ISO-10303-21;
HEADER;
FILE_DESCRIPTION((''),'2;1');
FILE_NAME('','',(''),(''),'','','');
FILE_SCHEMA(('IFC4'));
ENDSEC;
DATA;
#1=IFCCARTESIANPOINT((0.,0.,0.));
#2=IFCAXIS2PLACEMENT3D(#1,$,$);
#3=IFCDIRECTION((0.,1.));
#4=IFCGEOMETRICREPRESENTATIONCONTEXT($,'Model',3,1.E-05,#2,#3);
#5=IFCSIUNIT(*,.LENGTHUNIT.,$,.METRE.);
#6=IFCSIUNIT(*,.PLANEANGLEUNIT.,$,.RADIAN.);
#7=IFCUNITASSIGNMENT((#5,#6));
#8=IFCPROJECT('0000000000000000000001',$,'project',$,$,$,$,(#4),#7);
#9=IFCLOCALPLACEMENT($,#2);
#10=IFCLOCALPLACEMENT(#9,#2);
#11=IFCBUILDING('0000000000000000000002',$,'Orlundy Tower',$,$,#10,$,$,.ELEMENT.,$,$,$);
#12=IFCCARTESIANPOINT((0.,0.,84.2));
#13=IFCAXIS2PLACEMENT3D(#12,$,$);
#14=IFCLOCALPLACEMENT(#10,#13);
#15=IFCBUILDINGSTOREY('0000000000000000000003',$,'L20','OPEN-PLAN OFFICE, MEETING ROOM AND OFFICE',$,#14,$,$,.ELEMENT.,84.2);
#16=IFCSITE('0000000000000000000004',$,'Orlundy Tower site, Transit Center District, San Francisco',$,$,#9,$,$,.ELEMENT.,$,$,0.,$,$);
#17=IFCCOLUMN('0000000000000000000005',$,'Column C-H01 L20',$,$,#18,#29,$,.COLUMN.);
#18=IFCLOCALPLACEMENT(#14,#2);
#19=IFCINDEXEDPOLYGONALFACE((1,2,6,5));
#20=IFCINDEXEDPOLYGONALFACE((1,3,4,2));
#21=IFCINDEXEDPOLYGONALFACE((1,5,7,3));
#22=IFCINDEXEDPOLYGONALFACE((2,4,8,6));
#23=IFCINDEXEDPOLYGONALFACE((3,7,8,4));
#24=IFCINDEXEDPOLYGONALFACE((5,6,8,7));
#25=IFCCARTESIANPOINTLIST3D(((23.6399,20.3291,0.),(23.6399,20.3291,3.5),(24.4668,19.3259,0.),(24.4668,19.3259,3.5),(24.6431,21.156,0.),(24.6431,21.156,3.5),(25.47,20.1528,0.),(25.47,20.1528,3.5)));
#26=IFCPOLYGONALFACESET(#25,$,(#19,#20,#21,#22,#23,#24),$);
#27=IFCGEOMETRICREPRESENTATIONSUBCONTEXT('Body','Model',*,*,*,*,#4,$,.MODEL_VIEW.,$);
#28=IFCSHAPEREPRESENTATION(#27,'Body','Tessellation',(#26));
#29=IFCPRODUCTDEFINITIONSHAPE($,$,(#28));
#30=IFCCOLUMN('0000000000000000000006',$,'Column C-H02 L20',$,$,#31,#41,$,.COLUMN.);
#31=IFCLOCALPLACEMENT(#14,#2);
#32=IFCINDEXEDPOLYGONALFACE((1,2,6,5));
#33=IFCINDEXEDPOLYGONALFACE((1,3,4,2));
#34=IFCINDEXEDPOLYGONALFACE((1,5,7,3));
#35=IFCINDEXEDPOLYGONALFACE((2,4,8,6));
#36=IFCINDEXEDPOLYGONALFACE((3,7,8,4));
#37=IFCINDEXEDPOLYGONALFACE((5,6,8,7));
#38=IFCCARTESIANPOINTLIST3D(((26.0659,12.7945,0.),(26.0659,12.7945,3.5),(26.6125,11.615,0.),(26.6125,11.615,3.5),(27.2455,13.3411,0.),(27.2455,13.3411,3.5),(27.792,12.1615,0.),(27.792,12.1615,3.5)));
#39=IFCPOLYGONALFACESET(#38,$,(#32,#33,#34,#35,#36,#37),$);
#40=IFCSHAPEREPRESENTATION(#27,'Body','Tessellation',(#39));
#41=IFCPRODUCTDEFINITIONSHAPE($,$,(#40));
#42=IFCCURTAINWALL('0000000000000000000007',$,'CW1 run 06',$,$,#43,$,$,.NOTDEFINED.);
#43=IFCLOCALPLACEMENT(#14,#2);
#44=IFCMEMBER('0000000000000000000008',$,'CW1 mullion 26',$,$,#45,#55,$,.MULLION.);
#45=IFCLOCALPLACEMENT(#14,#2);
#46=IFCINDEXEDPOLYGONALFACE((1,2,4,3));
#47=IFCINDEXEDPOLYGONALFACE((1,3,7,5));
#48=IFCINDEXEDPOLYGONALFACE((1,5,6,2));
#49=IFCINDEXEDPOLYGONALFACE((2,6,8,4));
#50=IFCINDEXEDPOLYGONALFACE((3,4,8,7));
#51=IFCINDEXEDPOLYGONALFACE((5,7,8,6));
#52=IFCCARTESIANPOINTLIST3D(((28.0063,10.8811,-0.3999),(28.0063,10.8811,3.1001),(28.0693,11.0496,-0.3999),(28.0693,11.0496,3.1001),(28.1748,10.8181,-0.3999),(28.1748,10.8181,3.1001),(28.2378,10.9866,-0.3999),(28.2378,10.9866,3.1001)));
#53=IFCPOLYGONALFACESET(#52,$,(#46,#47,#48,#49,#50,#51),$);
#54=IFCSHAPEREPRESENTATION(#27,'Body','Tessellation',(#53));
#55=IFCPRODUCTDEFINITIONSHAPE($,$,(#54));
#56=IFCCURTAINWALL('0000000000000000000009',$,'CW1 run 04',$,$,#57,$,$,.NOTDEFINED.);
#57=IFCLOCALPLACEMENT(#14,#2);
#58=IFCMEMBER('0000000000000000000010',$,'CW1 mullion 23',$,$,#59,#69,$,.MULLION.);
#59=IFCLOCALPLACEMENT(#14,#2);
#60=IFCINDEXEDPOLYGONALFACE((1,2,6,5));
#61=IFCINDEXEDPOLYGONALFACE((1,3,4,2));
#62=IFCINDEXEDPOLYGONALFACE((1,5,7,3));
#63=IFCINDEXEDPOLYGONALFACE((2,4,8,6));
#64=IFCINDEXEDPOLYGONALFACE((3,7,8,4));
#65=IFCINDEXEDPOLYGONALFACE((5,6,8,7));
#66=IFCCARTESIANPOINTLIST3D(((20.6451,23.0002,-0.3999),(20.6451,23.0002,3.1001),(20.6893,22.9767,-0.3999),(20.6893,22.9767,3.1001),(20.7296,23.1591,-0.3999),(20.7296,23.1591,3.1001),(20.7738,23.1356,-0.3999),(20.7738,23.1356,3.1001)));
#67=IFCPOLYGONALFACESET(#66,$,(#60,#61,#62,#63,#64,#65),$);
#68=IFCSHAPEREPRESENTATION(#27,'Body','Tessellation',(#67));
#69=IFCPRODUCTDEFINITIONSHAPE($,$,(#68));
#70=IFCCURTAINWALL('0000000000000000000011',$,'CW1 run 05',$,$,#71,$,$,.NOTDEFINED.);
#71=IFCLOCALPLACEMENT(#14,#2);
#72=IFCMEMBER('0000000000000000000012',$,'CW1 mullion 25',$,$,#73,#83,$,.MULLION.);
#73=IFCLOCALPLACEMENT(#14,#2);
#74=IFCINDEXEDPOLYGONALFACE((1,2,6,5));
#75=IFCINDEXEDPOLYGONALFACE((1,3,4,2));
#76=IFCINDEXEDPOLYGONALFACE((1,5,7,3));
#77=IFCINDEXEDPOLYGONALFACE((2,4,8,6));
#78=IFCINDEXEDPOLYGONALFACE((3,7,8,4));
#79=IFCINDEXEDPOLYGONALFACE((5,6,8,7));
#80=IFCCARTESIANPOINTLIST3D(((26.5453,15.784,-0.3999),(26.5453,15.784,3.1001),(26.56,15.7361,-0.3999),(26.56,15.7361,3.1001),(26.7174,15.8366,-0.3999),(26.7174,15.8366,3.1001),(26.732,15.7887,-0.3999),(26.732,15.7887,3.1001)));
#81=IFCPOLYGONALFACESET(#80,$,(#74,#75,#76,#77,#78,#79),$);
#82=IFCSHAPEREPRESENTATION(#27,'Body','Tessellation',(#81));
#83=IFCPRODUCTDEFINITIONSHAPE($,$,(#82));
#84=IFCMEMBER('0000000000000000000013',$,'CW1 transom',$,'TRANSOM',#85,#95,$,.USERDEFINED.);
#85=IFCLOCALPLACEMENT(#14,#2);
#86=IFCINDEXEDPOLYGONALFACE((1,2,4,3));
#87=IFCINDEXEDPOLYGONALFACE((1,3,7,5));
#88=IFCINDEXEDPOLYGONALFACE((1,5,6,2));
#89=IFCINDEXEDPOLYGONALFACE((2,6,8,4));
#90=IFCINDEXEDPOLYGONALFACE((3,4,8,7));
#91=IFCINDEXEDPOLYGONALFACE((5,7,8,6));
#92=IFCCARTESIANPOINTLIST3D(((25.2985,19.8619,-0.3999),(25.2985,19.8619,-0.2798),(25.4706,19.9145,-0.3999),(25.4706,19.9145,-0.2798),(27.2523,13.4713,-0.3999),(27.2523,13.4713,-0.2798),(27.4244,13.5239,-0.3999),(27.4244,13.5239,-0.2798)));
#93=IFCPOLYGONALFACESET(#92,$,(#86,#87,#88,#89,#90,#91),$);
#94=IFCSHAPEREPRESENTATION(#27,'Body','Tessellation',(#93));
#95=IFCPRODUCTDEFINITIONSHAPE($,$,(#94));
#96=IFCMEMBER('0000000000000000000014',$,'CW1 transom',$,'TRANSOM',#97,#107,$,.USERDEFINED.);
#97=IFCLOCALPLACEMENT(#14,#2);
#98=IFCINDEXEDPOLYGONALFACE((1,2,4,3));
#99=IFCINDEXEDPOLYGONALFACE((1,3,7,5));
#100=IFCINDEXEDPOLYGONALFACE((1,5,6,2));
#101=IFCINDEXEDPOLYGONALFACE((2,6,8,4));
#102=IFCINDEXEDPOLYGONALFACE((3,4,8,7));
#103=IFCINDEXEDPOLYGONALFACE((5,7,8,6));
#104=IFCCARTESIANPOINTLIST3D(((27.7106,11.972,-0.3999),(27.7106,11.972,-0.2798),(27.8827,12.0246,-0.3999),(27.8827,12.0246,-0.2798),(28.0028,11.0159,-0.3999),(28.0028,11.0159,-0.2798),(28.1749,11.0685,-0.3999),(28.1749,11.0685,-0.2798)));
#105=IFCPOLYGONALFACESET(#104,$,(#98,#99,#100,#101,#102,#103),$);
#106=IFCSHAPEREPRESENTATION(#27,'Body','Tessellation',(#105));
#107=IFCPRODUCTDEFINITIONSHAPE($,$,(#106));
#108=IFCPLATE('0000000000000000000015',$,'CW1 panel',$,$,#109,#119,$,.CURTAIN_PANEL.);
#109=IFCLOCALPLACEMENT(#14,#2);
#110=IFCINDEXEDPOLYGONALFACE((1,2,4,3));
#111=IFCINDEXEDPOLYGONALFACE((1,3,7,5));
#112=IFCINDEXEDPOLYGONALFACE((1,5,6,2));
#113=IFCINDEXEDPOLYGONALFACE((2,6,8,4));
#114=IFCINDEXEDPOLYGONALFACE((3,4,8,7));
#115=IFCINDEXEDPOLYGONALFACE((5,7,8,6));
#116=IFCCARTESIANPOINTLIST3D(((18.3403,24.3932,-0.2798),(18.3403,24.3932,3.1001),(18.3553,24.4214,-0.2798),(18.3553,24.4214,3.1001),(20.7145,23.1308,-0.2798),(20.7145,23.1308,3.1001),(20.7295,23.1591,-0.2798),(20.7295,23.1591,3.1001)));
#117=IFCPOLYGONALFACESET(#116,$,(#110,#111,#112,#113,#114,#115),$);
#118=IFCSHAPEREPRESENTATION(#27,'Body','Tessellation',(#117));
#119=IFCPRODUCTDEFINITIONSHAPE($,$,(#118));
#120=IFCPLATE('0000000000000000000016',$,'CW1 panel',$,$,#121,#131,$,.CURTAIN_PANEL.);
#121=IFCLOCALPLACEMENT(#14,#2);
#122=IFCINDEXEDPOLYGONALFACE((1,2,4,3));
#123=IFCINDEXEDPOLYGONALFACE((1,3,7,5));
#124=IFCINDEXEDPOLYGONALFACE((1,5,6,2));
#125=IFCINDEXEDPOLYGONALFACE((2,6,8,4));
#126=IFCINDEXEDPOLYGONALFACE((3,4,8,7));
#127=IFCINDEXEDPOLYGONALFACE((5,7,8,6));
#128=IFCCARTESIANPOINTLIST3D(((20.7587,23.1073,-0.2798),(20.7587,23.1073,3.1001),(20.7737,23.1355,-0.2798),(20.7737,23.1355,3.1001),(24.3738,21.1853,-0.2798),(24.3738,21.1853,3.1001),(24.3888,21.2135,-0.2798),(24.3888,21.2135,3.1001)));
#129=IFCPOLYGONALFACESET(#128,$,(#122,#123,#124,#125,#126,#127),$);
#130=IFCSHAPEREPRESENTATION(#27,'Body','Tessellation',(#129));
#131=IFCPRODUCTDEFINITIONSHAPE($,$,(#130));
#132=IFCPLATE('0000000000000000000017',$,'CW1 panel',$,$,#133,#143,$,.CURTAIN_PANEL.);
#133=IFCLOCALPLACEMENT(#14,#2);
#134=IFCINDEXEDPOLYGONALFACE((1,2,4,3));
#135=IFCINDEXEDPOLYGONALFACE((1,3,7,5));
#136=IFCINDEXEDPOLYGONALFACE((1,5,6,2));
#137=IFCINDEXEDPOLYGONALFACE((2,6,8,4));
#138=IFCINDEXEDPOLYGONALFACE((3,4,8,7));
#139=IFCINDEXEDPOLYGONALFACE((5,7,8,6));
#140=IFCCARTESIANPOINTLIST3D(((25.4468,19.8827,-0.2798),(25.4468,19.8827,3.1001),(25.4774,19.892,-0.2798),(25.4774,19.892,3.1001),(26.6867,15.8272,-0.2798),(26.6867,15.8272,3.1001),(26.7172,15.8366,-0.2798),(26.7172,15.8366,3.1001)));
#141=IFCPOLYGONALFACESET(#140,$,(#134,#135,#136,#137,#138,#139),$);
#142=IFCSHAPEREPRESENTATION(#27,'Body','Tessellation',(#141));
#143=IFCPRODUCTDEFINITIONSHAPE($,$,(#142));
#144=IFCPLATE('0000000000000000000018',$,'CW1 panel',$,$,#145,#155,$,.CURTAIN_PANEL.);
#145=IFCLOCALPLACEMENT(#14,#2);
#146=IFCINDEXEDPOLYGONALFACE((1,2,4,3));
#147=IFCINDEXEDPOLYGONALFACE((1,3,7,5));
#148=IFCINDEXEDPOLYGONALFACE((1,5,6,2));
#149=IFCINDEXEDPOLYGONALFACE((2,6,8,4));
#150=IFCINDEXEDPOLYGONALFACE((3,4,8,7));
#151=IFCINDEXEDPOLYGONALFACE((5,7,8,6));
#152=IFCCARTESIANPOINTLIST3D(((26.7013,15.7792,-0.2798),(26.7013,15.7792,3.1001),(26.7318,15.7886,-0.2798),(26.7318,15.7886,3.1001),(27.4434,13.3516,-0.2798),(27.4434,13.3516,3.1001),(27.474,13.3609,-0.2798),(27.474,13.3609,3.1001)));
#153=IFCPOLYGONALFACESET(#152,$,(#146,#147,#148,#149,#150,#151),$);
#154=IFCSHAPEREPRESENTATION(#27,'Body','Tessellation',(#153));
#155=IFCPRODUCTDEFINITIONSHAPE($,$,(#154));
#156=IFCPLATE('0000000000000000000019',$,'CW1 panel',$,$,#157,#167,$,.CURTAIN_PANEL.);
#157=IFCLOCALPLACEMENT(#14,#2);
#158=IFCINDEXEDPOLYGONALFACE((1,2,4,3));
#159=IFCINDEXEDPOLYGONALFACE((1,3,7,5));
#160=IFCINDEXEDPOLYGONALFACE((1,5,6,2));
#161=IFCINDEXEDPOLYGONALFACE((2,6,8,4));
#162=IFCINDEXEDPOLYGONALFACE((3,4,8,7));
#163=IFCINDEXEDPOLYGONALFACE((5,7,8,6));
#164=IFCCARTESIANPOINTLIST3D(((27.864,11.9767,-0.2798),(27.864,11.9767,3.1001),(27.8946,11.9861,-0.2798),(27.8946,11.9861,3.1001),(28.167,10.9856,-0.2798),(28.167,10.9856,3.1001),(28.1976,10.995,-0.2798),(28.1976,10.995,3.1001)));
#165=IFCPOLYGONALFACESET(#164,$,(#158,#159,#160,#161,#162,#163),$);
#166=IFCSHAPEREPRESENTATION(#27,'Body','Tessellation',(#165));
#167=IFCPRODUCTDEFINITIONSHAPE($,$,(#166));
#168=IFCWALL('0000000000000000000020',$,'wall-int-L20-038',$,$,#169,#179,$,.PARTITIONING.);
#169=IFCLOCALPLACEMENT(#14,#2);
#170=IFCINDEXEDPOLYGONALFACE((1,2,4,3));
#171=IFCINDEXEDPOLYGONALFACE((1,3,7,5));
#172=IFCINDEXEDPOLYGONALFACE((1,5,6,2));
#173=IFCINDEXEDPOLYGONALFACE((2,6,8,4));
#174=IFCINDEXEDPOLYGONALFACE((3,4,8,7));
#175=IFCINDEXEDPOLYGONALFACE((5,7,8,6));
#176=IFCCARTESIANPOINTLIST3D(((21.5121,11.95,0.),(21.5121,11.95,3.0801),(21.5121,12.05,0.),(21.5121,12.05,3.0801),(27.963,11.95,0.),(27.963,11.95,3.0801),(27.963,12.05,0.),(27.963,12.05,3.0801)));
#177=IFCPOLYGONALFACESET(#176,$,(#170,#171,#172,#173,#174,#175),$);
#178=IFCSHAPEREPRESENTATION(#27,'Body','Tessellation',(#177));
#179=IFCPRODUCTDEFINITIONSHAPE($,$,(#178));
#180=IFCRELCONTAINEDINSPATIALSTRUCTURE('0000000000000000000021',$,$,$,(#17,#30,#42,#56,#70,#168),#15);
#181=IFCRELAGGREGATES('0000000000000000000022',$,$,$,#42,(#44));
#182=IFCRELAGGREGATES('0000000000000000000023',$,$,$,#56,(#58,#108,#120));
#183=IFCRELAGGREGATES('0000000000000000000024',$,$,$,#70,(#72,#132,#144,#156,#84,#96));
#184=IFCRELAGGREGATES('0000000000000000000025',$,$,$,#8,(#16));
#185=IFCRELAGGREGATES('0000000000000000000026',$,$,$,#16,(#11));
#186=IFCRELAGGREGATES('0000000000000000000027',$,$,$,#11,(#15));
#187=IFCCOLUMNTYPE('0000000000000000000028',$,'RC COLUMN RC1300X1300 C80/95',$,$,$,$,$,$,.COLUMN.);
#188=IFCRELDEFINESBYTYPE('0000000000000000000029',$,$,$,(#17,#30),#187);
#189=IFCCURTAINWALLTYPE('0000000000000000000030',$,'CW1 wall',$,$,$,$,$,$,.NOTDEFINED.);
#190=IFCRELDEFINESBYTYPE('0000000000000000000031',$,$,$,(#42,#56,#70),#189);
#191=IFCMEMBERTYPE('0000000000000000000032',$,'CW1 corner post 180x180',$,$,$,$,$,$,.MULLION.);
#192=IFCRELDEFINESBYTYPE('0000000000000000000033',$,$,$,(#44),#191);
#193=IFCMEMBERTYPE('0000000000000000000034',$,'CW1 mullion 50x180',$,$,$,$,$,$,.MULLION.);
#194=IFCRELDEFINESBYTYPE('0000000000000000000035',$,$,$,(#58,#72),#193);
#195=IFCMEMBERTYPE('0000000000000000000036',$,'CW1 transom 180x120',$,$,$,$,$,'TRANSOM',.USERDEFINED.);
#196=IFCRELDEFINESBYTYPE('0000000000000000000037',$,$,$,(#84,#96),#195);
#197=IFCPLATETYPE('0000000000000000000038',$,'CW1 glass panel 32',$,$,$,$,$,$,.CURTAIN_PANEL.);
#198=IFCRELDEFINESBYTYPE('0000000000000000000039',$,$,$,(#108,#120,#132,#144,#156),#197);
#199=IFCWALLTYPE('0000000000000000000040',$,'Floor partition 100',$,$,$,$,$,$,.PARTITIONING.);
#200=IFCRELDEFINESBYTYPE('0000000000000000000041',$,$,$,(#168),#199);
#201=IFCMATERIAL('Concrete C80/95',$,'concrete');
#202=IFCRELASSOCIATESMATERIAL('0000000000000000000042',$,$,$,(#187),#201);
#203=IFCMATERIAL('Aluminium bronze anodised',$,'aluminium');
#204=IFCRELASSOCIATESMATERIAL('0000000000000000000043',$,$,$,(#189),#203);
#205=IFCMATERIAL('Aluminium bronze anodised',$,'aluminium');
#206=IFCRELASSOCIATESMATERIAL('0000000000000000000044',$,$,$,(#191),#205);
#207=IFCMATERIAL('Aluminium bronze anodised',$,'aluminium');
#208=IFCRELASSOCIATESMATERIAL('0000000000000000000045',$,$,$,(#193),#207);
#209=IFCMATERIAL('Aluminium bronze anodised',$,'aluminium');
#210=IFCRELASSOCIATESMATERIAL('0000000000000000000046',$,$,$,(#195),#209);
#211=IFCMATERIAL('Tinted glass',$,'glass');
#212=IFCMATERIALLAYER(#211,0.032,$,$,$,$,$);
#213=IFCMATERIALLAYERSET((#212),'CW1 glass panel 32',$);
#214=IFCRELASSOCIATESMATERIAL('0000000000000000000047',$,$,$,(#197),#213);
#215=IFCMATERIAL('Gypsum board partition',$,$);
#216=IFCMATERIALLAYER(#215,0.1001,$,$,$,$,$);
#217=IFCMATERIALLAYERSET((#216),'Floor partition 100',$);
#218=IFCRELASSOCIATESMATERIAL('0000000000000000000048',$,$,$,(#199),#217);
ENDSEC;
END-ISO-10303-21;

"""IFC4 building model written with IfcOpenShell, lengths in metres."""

from ifc_helpers import new_model, si_unit, direction, frame, frame_2d, origin, origin_2d, place, context, subcontext, project, spatial, rectangle, extrude, material, layer, layer_set, material_profile, profile_set, type_object, element, aggregate, save


model = new_model("IFC4")

# Units and contexts
model_context = context("Model", 3, precision=1e-05, world=origin(), true_north=direction((0.0, 1.0)))
body_context = subcontext(model_context, "Body", "Model", "MODEL_VIEW")
ifc_project = project(units=[si_unit("LENGTHUNIT", "METRE"), si_unit("PLANEANGLEUNIT", "RADIAN")], contexts=[model_context])

# Site, building, storey
site_placement = place(None, origin())
site = spatial("IfcSite", under=ifc_project, at=site_placement, Name="Orlundy Tower site, Transit Center District, San Francisco", CompositionType="ELEMENT", RefElevation=0.0)
building_placement = place(site_placement, origin())
building = spatial("IfcBuilding", under=site, at=building_placement, Name="Orlundy Tower", CompositionType="ELEMENT")
storey_placement = place(building_placement, frame((0.0, 0.0, 84.2)))
storey = spatial("IfcBuildingStorey", under=building, at=storey_placement, Name="L20", Description="OPEN-PLAN OFFICE, MEETING ROOM AND OFFICE", CompositionType="ELEMENT", Elevation=84.2)

# Columns
ifc_material_1 = material(Name="Concrete C80/95", Category="concrete")
ifc_material_profile_1 = material_profile(ifc_material_1, rectangle(XDim=1.3, YDim=1.3, at=origin_2d()), Name="RC1300X1300")
ifc_profile_set_1 = profile_set([ifc_material_profile_1], Name="Concrete C80/95")
column_type = type_object("IfcColumnType", Name="RC COLUMN RC1300X1300 C80/95", PredefinedType="COLUMN", material=ifc_profile_set_1)
for number, where, z_axis, x_axis, name in (
    (1, (24.5549, 20.241, 0.0), (0.0, 0.0, 1.0), (0.771636, 0.636065, 0.0), "Column C-H01 L20"),
    (2, (26.929, 12.478, 0.0), (0.0, 0.0, 1.0), (0.90733, 0.420418, 0.0), "Column C-H02 L20"),
):
    element("IfcColumn", number, at=place(storey_placement, frame(where, z_axis=z_axis, x_axis=x_axis)), inside=storey, type_object=column_type, Name=name, PredefinedType="COLUMN", context=body_context, shape_type="SweptSolid", body=[
        extrude(rectangle(XDim=1.3, YDim=1.3, at=origin_2d()), origin(), (0.0, 0.0, 1.0), 3.5),
    ])

# Curtain walls, members
ifc_material_2 = material(Name="Aluminium bronze anodised", Category="aluminium")
curtain_wall_type = type_object("IfcCurtainWallType", Name="CW1 wall", PredefinedType="NOTDEFINED", material=ifc_material_2)
curtain_wall_1_placement = place(storey_placement, origin())
curtain_wall_1 = element("IfcCurtainWall", 3, at=curtain_wall_1_placement, inside=storey, type_object=curtain_wall_type, Name="CW1 run 06", PredefinedType="NOTDEFINED")
ifc_material_3 = material(Name="Aluminium bronze anodised", Category="aluminium")
ifc_material_profile_2 = material_profile(ifc_material_3, rectangle(XDim=0.1799, YDim=0.1799, at=origin_2d()), Name="CW1 corner post 180x180")
ifc_profile_set_2 = profile_set([ifc_material_profile_2], Name="Aluminium bronze anodised")
member_type_1 = type_object("IfcMemberType", Name="CW1 corner post 180x180", PredefinedType="MULLION", material=ifc_profile_set_2)
member_1_placement = place(storey_placement, frame((28.1221, 10.9338, -0.3999), z_axis=(0.0, 0.0, 1.0), x_axis=(0.350204, 0.936674, 0.0)))
member_1 = element("IfcMember", 4, at=member_1_placement, type_object=member_type_1, Name="CW1 mullion 26", PredefinedType="MULLION", context=body_context, shape_type="SweptSolid", body=[
    extrude(rectangle(XDim=0.1799, YDim=0.1799, at=origin_2d()), origin(), (0.0, 0.0, 1.0), 3.5),
])
aggregate(curtain_wall_1, [member_1])
curtain_wall_2_placement = place(storey_placement, origin())
curtain_wall_2 = element("IfcCurtainWall", 5, at=curtain_wall_2_placement, inside=storey, type_object=curtain_wall_type, Name="CW1 run 04", PredefinedType="NOTDEFINED")
ifc_material_4 = material(Name="Aluminium bronze anodised", Category="aluminium")
ifc_material_profile_3 = material_profile(ifc_material_4, rectangle(XDim=0.1799, YDim=0.05, at=origin_2d()), Name="CW1 mullion 50x180")
ifc_profile_set_3 = profile_set([ifc_material_profile_3], Name="Aluminium bronze anodised")
member_type_2 = type_object("IfcMemberType", Name="CW1 mullion 50x180", PredefinedType="MULLION", material=ifc_profile_set_3)
member_2_placement = place(storey_placement, frame((20.7095, 23.0679, -0.3999), z_axis=(0.0, 0.0, 1.0), x_axis=(0.469445, 0.882961, 0.0)))
member_2 = element("IfcMember", 6, at=member_2_placement, type_object=member_type_2, Name="CW1 mullion 23", PredefinedType="MULLION", context=body_context, shape_type="SweptSolid", body=[
    extrude(rectangle(XDim=0.1799, YDim=0.05, at=origin_2d()), origin(), (0.0, 0.0, 1.0), 3.5),
])

# Curtain wall, members
curtain_wall_3_placement = place(storey_placement, origin())
curtain_wall_3 = element("IfcCurtainWall", 7, at=curtain_wall_3_placement, inside=storey, type_object=curtain_wall_type, Name="CW1 run 05", PredefinedType="NOTDEFINED")
member_3_placement = place(storey_placement, frame((26.6387, 15.7864, -0.3999), z_axis=(0.0, 0.0, 1.0), x_axis=(0.956308, 0.292362, 0.0)))
member_3 = element("IfcMember", 8, at=member_3_placement, type_object=member_type_2, Name="CW1 mullion 25", PredefinedType="MULLION", context=body_context, shape_type="SweptSolid", body=[
    extrude(rectangle(XDim=0.1799, YDim=0.05, at=origin_2d()), origin(), (0.0, 0.0, 1.0), 3.5),
])
ifc_material_5 = material(Name="Aluminium bronze anodised", Category="aluminium")
ifc_material_profile_4 = material_profile(ifc_material_5, rectangle(XDim=0.1799, YDim=0.1201, at=origin_2d()), Name="CW1 transom 180x120")
ifc_profile_set_4 = profile_set([ifc_material_profile_4], Name="Aluminium bronze anodised")
member_type_3 = type_object("IfcMemberType", Name="CW1 transom 180x120", ElementType="TRANSOM", PredefinedType="USERDEFINED", material=ifc_profile_set_4)
member_4_placement = place(storey_placement, frame((25.3845, 19.8882, -0.3398), z_axis=(0.292378, -0.956303, 0.0), x_axis=(0.956303, 0.292378, 0.0)))
member_4 = element("IfcMember", 9, at=member_4_placement, type_object=member_type_3, Name="CW1 transom", ObjectType="TRANSOM", PredefinedType="USERDEFINED", context=body_context, shape_type="SweptSolid", body=[
    extrude(rectangle(XDim=0.1799, YDim=0.1201, at=origin_2d()), origin(), (0.0, 0.0, 1.0), 6.6826),
])
member_5_placement = place(storey_placement, frame((27.7966, 11.9983, -0.3398), z_axis=(0.292318, -0.956321, 0.0), x_axis=(0.956321, 0.292318, 0.0)))
member_5 = element("IfcMember", 10, at=member_5_placement, type_object=member_type_3, Name="CW1 transom", ObjectType="TRANSOM", PredefinedType="USERDEFINED", context=body_context, shape_type="SweptSolid", body=[
    extrude(rectangle(XDim=0.1799, YDim=0.1201, at=origin_2d()), origin(), (0.0, 0.0, 1.0), 0.9998),
])

# Plates
ifc_material_6 = material(Name="Tinted glass", Category="glass")
ifc_layer_1 = layer(ifc_material_6, 0.032)
ifc_layer_set_1 = layer_set([ifc_layer_1], Name="CW1 glass panel 32")
plate_type = type_object("IfcPlateType", Name="CW1 glass panel 32", PredefinedType="CURTAIN_PANEL", material=ifc_layer_set_1)
plate_1_placement = place(storey_placement, frame((19.5349, 23.7761, -0.2798), z_axis=(0.0, 0.0, 1.0), x_axis=(0.882961, -0.469445, 0.0)))
plate_1 = element("IfcPlate", 11, at=plate_1_placement, type_object=plate_type, Name="CW1 panel", PredefinedType="CURTAIN_PANEL", context=body_context, shape_type="SweptSolid", body=[
    extrude(rectangle(XDim=2.689, YDim=0.032, at=origin_2d()), origin(), (0.0, 0.0, 1.0), 3.3799),
])
plate_2_placement = place(storey_placement, frame((22.5737, 22.1604, -0.2798), z_axis=(0.0, 0.0, 1.0), x_axis=(0.882961, -0.469445, 0.0)))
plate_2 = element("IfcPlate", 12, at=plate_2_placement, type_object=plate_type, Name="CW1 panel", PredefinedType="CURTAIN_PANEL", context=body_context, shape_type="SweptSolid", body=[
    extrude(rectangle(XDim=4.0942, YDim=0.032, at=origin_2d()), origin(), (0.0, 0.0, 1.0), 3.3799),
])
aggregate(curtain_wall_2, [member_2, plate_1, plate_2])
plate_3_placement = place(storey_placement, frame((26.082, 17.8596, -0.2798), z_axis=(0.0, 0.0, 1.0), x_axis=(0.292362, -0.956308, 0.0)))
plate_3 = element("IfcPlate", 13, at=plate_3_placement, type_object=plate_type, Name="CW1 panel", PredefinedType="CURTAIN_PANEL", context=body_context, shape_type="SweptSolid", body=[
    extrude(rectangle(XDim=4.2407, YDim=0.032, at=origin_2d()), origin(), (0.0, 0.0, 1.0), 3.3799),
])
plate_4_placement = place(storey_placement, frame((27.0876, 14.5701, -0.2798), z_axis=(0.0, 0.0, 1.0), x_axis=(0.292362, -0.956308, 0.0)))
plate_4 = element("IfcPlate", 14, at=plate_4_placement, type_object=plate_type, Name="CW1 panel", PredefinedType="CURTAIN_PANEL", context=body_context, shape_type="SweptSolid", body=[
    extrude(rectangle(XDim=2.5386, YDim=0.032, at=origin_2d()), origin(), (0.0, 0.0, 1.0), 3.3799),
])
plate_5_placement = place(storey_placement, frame((28.0308, 11.4858, -0.2798), z_axis=(0.0, 0.0, 1.0), x_axis=(0.292362, -0.956308, 0.0)))
plate_5 = element("IfcPlate", 15, at=plate_5_placement, type_object=plate_type, Name="CW1 panel", PredefinedType="CURTAIN_PANEL", context=body_context, shape_type="SweptSolid", body=[
    extrude(rectangle(XDim=1.0364, YDim=0.032, at=origin_2d()), origin(), (0.0, 0.0, 1.0), 3.3799),
])
aggregate(curtain_wall_3, [member_3, plate_3, plate_4, plate_5, member_4, member_5])

# Wall
ifc_material_7 = material(Name="Gypsum board partition")
ifc_layer_2 = layer(ifc_material_7, 0.1001)
ifc_layer_set_2 = layer_set([ifc_layer_2], Name="Floor partition 100")
wall_type_1 = type_object("IfcWallType", Name="Floor partition 100", PredefinedType="PARTITIONING", material=ifc_layer_set_2)
wall_1_placement = place(storey_placement, frame((21.512, 12.0, 0.0), z_axis=(0.0, 0.0, 1.0), x_axis=(1.0, 0.0, 0.0)))
element("IfcWall", 16, at=wall_1_placement, inside=storey, type_object=wall_type_1, Name="wall-int-L20-038", PredefinedType="PARTITIONING", context=body_context, shape_type="SweptSolid", body=[
    extrude(rectangle(XDim=6.4509, YDim=0.1001, at=frame_2d((3.2256, 0.0))), origin(), (0.0, 0.0, 1.0), 3.0801),
])

save(model, "model.ifc")
